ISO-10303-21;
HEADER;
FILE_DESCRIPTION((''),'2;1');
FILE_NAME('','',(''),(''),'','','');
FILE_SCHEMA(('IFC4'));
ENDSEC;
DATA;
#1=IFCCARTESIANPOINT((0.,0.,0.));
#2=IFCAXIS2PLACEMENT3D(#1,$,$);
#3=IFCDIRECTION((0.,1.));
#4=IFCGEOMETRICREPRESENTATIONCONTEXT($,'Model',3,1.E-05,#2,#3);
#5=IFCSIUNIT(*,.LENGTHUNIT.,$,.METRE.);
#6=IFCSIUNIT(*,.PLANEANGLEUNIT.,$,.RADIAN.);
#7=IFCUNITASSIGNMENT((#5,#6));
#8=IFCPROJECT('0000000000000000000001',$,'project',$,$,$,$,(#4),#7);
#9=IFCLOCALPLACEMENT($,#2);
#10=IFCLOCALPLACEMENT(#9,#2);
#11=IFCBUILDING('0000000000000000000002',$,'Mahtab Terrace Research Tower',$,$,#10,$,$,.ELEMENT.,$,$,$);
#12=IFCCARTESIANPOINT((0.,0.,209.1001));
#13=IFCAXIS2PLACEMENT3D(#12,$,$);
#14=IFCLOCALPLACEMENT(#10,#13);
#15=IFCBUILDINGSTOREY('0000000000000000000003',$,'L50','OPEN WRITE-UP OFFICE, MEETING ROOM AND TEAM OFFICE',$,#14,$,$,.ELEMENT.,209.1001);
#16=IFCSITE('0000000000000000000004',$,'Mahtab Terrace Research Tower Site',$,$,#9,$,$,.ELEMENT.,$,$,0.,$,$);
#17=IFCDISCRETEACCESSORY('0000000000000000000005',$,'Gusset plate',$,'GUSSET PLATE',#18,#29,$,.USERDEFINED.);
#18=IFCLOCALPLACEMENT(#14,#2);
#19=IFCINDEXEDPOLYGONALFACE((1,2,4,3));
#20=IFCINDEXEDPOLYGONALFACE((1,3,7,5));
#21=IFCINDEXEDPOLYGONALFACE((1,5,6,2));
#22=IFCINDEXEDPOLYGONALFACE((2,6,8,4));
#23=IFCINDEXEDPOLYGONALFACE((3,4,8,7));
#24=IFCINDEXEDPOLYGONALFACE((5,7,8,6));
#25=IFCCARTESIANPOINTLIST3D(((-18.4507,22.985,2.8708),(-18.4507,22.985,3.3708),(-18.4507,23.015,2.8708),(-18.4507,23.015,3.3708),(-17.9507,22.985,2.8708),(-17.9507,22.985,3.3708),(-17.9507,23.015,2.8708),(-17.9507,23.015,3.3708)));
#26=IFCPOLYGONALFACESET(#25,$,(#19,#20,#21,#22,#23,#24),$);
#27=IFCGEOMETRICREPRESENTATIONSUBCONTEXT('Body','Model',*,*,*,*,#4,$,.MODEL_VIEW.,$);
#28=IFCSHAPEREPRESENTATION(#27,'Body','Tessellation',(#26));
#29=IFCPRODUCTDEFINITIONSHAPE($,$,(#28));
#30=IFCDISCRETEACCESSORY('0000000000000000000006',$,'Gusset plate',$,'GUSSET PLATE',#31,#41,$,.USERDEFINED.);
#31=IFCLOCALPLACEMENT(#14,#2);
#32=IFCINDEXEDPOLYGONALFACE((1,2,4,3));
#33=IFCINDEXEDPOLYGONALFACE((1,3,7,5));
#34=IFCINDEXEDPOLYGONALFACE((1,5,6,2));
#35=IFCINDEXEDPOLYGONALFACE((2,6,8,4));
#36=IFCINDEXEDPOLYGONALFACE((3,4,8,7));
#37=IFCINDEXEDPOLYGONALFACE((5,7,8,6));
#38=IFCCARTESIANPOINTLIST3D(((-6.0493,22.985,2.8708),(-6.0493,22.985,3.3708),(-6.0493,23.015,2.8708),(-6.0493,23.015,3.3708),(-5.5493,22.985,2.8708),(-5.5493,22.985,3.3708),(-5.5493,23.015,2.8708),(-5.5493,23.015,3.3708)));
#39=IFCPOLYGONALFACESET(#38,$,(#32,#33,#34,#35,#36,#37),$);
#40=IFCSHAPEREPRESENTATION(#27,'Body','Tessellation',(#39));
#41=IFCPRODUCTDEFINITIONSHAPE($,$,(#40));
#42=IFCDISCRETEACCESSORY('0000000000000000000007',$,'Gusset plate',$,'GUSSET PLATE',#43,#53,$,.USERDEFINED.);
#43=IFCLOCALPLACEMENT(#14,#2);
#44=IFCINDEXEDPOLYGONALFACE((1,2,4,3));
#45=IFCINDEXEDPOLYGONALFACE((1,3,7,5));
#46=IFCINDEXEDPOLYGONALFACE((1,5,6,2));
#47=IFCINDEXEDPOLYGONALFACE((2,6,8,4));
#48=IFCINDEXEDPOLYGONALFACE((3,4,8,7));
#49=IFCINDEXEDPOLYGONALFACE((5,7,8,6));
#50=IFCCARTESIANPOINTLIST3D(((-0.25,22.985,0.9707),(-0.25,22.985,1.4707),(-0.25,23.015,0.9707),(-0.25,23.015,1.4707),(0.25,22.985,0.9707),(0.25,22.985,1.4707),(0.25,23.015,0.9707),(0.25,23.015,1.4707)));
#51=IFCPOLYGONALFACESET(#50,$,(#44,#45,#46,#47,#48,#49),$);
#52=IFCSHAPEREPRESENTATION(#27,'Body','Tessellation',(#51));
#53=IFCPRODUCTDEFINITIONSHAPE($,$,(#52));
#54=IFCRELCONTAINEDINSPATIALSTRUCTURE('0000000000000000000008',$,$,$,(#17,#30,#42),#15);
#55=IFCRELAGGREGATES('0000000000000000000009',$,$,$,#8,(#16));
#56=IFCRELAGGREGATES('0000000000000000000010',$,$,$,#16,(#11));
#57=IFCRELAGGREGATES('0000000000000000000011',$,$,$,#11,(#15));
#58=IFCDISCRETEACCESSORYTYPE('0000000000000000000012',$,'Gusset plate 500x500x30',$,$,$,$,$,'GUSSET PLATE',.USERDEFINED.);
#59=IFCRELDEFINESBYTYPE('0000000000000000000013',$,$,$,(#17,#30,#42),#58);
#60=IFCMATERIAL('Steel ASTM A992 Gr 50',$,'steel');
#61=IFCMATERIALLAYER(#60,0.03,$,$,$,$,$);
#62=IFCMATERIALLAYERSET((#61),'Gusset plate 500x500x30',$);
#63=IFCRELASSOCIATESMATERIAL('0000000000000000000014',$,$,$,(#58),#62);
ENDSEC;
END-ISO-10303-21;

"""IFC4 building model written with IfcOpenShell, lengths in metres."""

from ifc_helpers import new_model, si_unit, direction, frame, origin, origin_2d, place, context, subcontext, project, spatial, rectangle, extrude, material, layer, layer_set, type_object, element, save


model = new_model("IFC4")

# Units and contexts
model_context = context("Model", 3, precision=1e-05, world=origin(), true_north=direction((0.0, 1.0)))
body_context = subcontext(model_context, "Body", "Model", "MODEL_VIEW")
ifc_project = project(units=[si_unit("LENGTHUNIT", "METRE"), si_unit("PLANEANGLEUNIT", "RADIAN")], contexts=[model_context])

# Site, building, storey
site_placement = place(None, origin())
site = spatial("IfcSite", under=ifc_project, at=site_placement, Name="Mahtab Terrace Research Tower Site", CompositionType="ELEMENT", RefElevation=0.0)
building_placement = place(site_placement, origin())
building = spatial("IfcBuilding", under=site, at=building_placement, Name="Mahtab Terrace Research Tower", CompositionType="ELEMENT")
storey_placement = place(building_placement, frame((0.0, 0.0, 209.1001)))
storey = spatial("IfcBuildingStorey", under=building, at=storey_placement, Name="L50", Description="OPEN WRITE-UP OFFICE, MEETING ROOM AND TEAM OFFICE", CompositionType="ELEMENT", Elevation=209.1001)

# Shared definitions
ifc_material_1 = material(Name="Steel ASTM A992 Gr 50", Category="steel")

# Discrete accessories
ifc_layer_1 = layer(ifc_material_1, 0.03)
ifc_layer_set_1 = layer_set([ifc_layer_1], Name="Gusset plate 500x500x30")
discrete_accessory_type = type_object("IfcDiscreteAccessoryType", Name="Gusset plate 500x500x30", ElementType="GUSSET PLATE", PredefinedType="USERDEFINED", material=ifc_layer_set_1)
for number, where, z_axis, x_axis, name in (
    (1, (-18.2007, 23.0, 2.8708), (0.0, 0.0, 1.0), (1.0, 0.0, 0.0), "Gusset plate"),
    (2, (-5.7993, 23.0, 2.8708), (0.0, 0.0, 1.0), (1.0, 0.0, 0.0), "Gusset plate"),
    (3, (0.0, 23.0, 0.9707), (0.0, 0.0, 1.0), (1.0, 0.0, 0.0), "Gusset plate"),
):
    element("IfcDiscreteAccessory", number, at=place(storey_placement, frame(where, z_axis=z_axis, x_axis=x_axis)), inside=storey, type_object=discrete_accessory_type, Name=name, ObjectType="GUSSET PLATE", PredefinedType="USERDEFINED", context=body_context, shape_type="SweptSolid", body=[
        extrude(rectangle(XDim=0.5, YDim=0.03, at=origin_2d()), origin(), (0.0, 0.0, 1.0), 0.5),
    ])

save(model, "model.ifc")
